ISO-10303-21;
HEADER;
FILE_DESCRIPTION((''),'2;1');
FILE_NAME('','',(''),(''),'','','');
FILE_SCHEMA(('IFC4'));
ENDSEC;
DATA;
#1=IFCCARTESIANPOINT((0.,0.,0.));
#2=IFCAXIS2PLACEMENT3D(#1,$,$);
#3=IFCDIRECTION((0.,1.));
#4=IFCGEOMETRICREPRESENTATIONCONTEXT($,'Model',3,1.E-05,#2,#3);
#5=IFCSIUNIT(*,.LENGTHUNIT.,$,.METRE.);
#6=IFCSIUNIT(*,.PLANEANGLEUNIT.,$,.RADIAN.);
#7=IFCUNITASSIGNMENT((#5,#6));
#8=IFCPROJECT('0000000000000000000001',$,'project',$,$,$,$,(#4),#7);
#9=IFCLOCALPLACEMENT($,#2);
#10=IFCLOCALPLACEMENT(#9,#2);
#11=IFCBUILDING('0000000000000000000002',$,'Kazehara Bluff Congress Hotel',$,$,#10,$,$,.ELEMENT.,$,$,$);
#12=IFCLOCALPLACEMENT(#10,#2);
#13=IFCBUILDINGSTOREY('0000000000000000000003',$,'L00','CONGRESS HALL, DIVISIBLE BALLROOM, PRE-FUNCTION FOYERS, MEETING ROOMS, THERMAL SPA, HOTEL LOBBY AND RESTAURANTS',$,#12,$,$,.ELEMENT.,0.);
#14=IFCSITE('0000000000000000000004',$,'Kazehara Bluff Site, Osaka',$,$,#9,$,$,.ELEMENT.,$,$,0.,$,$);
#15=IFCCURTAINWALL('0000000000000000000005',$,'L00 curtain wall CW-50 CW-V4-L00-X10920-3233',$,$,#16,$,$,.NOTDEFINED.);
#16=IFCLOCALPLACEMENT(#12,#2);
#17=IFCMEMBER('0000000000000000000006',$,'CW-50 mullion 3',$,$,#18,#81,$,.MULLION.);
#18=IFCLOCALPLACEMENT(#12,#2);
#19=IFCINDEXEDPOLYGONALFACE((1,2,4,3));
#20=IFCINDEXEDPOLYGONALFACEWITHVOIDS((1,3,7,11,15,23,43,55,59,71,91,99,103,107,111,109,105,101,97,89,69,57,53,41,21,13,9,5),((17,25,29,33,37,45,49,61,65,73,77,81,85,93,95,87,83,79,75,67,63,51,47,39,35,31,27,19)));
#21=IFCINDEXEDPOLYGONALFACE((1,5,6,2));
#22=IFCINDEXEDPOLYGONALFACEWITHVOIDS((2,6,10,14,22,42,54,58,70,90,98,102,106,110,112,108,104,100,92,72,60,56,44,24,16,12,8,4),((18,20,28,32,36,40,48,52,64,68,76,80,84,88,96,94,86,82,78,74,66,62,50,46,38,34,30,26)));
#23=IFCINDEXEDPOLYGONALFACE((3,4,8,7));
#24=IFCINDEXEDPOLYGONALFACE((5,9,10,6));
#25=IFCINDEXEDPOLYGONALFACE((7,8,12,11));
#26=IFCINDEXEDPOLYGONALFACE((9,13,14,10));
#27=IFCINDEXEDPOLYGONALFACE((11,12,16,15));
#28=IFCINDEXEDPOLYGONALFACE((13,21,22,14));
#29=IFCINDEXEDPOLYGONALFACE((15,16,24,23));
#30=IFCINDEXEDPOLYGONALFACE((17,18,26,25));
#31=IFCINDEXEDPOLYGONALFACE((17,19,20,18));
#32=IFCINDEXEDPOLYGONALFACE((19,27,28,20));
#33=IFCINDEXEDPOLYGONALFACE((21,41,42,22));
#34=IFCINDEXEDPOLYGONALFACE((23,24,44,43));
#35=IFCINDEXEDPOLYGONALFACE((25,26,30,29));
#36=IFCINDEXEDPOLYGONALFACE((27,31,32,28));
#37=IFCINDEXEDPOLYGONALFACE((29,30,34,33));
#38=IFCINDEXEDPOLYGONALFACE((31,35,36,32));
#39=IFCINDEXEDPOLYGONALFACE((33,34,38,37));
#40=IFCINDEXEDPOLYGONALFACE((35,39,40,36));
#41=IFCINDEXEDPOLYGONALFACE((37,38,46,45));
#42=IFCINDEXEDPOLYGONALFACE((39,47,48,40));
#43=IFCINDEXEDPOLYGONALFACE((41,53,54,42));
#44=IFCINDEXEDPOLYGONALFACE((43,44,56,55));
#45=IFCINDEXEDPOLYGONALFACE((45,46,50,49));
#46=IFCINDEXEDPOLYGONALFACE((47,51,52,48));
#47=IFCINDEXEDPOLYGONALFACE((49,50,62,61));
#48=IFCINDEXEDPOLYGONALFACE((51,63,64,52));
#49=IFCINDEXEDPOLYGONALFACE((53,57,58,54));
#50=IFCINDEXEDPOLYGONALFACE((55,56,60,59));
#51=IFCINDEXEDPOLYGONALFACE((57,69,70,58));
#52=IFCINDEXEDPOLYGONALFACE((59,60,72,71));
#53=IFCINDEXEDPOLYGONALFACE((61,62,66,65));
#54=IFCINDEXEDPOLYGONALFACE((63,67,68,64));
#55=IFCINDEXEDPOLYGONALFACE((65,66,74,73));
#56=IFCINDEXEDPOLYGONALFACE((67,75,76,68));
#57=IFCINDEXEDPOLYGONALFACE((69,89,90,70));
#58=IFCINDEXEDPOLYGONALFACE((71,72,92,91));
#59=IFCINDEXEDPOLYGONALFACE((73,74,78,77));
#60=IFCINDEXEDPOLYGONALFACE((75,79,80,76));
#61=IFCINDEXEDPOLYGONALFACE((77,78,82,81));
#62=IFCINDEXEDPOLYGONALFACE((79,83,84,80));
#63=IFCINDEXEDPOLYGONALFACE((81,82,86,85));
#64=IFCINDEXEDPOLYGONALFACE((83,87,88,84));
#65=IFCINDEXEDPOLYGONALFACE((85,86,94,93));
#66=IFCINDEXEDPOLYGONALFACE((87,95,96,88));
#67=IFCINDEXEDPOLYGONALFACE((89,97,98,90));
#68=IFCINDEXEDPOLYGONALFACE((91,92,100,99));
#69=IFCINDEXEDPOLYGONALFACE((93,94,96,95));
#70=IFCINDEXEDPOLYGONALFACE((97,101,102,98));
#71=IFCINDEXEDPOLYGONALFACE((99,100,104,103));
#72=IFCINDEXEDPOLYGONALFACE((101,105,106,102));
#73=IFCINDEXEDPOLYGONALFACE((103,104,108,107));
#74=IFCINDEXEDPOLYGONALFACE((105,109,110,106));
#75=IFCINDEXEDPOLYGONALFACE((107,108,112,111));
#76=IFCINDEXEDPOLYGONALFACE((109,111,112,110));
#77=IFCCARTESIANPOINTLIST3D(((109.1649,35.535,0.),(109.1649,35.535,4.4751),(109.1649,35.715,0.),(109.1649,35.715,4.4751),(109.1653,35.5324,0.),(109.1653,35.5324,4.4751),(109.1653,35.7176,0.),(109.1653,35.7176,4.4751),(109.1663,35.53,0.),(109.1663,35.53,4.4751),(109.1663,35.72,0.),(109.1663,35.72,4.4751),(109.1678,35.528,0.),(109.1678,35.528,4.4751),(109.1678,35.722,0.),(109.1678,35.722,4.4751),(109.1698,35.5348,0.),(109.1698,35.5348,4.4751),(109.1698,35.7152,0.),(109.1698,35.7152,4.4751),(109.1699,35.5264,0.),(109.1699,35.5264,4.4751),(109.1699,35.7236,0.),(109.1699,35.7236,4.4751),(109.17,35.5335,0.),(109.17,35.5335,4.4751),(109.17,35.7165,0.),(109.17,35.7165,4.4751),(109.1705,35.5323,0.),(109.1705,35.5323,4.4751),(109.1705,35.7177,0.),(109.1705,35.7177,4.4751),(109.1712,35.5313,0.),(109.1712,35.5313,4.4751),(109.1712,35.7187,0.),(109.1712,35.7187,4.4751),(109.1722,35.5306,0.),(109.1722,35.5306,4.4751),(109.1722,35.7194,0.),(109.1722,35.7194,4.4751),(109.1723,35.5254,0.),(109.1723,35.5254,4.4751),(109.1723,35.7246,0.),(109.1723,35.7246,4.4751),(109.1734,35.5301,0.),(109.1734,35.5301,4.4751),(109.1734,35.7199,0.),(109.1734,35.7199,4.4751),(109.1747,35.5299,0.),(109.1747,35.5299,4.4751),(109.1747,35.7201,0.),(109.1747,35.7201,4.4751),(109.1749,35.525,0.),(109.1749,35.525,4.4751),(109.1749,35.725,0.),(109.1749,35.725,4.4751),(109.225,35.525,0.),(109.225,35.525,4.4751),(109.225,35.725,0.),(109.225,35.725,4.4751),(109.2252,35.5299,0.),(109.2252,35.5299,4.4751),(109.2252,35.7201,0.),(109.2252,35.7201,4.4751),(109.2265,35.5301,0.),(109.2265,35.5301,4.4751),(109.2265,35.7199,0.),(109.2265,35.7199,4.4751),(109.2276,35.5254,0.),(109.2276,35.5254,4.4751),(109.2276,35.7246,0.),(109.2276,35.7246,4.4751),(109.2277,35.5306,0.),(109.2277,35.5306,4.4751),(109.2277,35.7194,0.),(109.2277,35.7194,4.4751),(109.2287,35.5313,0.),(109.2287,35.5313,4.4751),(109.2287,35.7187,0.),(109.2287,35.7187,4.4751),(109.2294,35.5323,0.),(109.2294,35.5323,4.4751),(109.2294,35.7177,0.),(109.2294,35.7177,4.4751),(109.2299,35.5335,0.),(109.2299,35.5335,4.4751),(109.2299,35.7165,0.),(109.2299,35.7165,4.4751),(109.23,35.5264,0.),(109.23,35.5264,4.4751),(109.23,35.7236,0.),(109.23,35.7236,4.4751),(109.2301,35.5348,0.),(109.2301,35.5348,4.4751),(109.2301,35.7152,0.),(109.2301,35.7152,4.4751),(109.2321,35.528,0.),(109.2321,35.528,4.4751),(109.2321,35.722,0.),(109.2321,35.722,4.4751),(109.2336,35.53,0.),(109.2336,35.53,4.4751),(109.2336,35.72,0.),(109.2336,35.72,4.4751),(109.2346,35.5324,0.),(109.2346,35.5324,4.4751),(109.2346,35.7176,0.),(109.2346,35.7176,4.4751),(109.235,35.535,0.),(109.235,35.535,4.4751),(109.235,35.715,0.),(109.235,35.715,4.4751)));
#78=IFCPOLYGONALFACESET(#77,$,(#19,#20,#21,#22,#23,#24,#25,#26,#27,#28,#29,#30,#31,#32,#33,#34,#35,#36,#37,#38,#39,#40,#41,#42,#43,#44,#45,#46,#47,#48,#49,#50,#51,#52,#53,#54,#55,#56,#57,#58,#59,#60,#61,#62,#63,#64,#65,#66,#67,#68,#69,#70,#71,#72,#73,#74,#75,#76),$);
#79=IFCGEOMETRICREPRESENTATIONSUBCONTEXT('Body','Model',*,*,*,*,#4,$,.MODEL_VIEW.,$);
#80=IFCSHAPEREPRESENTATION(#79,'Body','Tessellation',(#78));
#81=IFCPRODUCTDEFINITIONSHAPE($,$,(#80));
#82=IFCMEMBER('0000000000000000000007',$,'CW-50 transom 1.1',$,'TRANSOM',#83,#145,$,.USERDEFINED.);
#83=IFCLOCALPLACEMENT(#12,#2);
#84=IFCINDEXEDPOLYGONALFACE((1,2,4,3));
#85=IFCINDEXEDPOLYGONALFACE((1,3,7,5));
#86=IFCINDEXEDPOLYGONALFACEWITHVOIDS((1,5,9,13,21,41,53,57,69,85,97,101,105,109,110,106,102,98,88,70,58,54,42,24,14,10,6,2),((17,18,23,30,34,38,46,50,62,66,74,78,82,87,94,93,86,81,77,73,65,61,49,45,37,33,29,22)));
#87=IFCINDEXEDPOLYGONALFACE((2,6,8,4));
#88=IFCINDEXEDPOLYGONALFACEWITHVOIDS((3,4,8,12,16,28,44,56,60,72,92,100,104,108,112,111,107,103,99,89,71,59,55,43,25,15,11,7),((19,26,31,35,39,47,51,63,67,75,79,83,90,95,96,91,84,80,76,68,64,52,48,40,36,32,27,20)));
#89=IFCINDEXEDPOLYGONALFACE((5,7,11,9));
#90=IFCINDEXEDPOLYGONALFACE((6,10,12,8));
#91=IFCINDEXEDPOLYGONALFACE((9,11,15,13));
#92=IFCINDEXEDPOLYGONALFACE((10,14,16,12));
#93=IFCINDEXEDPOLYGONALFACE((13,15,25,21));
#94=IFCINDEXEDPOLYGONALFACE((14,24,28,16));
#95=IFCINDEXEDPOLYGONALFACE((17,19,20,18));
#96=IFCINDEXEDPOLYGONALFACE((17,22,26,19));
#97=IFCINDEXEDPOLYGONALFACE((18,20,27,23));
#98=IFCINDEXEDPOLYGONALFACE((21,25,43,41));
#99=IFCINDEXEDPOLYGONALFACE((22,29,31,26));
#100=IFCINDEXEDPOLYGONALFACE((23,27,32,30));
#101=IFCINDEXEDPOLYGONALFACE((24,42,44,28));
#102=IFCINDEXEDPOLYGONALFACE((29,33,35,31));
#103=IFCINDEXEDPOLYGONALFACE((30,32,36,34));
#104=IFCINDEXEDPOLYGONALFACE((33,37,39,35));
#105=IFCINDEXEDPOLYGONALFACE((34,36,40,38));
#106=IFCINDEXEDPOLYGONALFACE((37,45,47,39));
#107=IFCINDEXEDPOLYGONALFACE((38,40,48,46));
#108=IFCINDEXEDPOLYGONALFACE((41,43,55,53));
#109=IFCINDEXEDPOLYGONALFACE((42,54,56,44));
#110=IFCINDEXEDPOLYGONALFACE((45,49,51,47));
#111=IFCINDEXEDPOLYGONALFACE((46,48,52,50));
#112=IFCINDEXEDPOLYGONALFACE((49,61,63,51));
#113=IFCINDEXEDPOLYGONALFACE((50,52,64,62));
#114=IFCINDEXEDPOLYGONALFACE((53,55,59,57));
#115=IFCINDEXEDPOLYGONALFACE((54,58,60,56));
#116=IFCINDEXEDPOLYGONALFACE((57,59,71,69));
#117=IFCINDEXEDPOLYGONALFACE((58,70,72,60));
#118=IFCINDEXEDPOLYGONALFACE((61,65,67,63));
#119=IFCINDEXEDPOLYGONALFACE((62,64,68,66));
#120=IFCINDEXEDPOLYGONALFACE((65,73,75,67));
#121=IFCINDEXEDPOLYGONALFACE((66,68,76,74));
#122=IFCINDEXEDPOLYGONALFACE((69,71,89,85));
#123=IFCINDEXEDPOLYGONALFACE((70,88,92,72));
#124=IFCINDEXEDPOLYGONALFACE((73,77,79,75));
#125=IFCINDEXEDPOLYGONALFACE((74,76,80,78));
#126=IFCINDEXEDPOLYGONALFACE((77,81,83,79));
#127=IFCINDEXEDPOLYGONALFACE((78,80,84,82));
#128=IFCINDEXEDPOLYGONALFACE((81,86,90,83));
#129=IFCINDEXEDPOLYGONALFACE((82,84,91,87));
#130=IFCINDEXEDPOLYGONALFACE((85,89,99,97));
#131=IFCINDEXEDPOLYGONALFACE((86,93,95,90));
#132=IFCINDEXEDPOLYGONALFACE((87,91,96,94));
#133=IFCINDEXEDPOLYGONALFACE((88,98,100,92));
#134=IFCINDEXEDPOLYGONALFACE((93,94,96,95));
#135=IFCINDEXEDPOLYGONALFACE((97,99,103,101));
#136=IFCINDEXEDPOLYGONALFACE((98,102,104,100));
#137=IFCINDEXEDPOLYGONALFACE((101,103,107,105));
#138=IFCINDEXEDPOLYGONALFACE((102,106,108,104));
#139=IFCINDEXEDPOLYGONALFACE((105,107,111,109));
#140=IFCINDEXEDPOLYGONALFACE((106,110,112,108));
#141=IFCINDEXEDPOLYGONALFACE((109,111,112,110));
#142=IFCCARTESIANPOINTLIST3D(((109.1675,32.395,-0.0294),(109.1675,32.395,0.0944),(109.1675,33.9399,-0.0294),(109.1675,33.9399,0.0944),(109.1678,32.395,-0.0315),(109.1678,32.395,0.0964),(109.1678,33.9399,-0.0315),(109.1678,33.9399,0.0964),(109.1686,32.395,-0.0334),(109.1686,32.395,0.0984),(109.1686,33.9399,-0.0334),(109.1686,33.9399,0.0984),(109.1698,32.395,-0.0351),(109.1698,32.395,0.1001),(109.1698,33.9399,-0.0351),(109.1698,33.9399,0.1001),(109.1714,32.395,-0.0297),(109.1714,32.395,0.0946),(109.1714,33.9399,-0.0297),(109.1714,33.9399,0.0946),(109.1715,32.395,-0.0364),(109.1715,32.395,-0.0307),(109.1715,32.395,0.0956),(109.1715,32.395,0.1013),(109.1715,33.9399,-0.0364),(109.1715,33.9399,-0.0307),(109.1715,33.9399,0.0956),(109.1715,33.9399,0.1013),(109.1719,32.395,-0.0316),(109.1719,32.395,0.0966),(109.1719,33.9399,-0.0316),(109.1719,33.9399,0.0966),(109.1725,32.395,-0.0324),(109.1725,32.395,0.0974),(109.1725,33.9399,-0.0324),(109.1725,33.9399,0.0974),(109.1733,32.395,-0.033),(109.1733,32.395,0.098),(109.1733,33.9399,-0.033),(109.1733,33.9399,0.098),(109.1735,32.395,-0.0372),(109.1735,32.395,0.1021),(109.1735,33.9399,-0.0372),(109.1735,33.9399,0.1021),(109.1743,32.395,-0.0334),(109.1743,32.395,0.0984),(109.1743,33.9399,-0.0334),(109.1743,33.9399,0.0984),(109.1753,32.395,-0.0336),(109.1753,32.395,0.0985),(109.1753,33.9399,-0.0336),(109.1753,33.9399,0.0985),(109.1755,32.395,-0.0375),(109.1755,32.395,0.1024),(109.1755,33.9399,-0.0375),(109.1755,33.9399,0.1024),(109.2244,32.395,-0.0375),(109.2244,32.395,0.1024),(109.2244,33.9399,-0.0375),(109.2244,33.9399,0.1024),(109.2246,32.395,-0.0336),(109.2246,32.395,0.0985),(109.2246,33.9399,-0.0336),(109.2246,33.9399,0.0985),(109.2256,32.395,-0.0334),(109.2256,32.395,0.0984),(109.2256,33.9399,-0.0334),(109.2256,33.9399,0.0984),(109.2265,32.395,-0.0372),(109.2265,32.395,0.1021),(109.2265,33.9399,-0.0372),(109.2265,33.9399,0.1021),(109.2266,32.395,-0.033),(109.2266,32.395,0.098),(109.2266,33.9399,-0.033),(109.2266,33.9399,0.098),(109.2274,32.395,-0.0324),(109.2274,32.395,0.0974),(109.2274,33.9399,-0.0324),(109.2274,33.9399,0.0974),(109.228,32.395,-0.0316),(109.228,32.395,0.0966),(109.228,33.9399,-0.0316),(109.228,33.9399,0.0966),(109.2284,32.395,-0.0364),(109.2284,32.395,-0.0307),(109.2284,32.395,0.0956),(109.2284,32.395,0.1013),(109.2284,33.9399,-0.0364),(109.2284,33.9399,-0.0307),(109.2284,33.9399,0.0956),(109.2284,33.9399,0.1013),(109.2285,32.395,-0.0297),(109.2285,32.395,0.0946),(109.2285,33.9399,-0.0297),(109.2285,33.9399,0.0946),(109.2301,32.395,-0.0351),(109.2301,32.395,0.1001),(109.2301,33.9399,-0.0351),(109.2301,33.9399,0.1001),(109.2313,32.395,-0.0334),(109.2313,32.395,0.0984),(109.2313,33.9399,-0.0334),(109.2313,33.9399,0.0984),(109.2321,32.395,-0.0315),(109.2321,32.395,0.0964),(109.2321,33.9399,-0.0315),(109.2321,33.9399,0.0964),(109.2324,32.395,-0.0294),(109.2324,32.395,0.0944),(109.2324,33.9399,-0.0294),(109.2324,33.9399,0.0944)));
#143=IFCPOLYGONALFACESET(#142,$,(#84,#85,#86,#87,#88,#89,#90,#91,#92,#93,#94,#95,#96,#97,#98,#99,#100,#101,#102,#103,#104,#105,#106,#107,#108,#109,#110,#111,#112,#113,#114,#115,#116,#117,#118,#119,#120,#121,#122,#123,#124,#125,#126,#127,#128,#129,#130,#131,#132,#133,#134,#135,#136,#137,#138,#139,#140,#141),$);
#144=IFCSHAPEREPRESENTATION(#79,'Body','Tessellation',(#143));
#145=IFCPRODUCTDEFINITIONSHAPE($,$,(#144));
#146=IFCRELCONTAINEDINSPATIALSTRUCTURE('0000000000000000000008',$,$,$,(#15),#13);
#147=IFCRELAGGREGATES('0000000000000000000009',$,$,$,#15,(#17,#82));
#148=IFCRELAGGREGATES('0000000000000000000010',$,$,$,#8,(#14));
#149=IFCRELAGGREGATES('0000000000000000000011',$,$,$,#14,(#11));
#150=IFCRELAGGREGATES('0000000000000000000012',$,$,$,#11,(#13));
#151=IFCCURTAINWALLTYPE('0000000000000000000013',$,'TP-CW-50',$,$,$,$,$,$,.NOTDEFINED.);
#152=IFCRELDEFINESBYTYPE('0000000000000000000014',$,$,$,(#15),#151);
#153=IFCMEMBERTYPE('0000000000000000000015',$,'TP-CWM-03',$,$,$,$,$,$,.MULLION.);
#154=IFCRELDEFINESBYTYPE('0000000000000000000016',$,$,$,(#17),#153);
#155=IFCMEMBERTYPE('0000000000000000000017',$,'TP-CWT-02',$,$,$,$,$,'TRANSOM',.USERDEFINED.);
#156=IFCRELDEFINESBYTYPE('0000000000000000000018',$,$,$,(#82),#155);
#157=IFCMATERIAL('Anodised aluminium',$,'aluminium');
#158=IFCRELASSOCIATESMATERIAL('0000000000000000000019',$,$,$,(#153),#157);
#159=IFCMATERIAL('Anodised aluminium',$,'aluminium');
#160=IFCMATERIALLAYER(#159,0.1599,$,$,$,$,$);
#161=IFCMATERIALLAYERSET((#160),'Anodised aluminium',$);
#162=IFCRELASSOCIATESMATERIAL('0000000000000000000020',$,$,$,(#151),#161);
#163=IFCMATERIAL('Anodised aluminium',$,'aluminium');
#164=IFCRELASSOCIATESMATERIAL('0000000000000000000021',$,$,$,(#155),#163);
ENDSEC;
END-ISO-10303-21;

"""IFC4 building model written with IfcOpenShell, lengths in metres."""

from ifc_helpers import new_model, si_unit, direction, frame, origin, origin_2d, place, context, subcontext, project, spatial, hollow_rectangle, extrude, material, layer, layer_set, material_profile, profile_set, type_object, element, aggregate, save


model = new_model("IFC4")

# Units and contexts
model_context = context("Model", 3, precision=1e-05, world=origin(), true_north=direction((0.0, 1.0)))
body_context = subcontext(model_context, "Body", "Model", "MODEL_VIEW")
ifc_project = project(units=[si_unit("LENGTHUNIT", "METRE"), si_unit("PLANEANGLEUNIT", "RADIAN")], contexts=[model_context])

# Site, building, storey
site_placement = place(None, origin())
site = spatial("IfcSite", under=ifc_project, at=site_placement, Name="Kazehara Bluff Site, Osaka", CompositionType="ELEMENT", RefElevation=0.0)
building_placement = place(site_placement, origin())
building = spatial("IfcBuilding", under=site, at=building_placement, Name="Kazehara Bluff Congress Hotel", CompositionType="ELEMENT")
storey_placement = place(building_placement, origin())
storey = spatial("IfcBuildingStorey", under=building, at=storey_placement, Name="L00", Description="CONGRESS HALL, DIVISIBLE BALLROOM, PRE-FUNCTION FOYERS, MEETING ROOMS, THERMAL SPA, HOTEL LOBBY AND RESTAURANTS", CompositionType="ELEMENT", Elevation=0.0)

# Shared definitions
ifc_material_1 = material(Name="Anodised aluminium", Category="aluminium")
ifc_material_profile_1 = material_profile(ifc_material_1, hollow_rectangle(XDim=0.0701, YDim=0.2, WallThickness=0.0049, InnerFilletRadius=0.0049, OuterFilletRadius=0.01, at=origin_2d()))
ifc_profile_set_1 = profile_set([ifc_material_profile_1], Name="Anodised aluminium")
member_type_1 = type_object("IfcMemberType", Name="TP-CWM-03", PredefinedType="MULLION", material=ifc_profile_set_1)

# Curtain wall, members
ifc_material_2 = material(Name="Anodised aluminium", Category="aluminium")
ifc_layer_1 = layer(ifc_material_2, 0.1599)
ifc_layer_set_1 = layer_set([ifc_layer_1], Name="Anodised aluminium")
curtain_wall_type_1 = type_object("IfcCurtainWallType", Name="TP-CW-50", PredefinedType="NOTDEFINED", material=ifc_layer_set_1)
curtain_wall_1_placement = place(storey_placement, origin())
curtain_wall_1 = element("IfcCurtainWall", 1, at=curtain_wall_1_placement, inside=storey, type_object=curtain_wall_type_1, Name="L00 curtain wall CW-50 CW-V4-L00-X10920-3233", PredefinedType="NOTDEFINED")
member_1_placement = place(storey_placement, frame((109.2, 35.625, 0.0), z_axis=(0.0, 0.0, 1.0), x_axis=(-1.0, 0.0, 0.0)))
member_1 = element("IfcMember", 2, at=member_1_placement, type_object=member_type_1, Name="CW-50 mullion 3", PredefinedType="MULLION", context=body_context, shape_type="SweptSolid", body=[
    extrude(hollow_rectangle(XDim=0.0701, YDim=0.2, WallThickness=0.0049, InnerFilletRadius=0.0049, OuterFilletRadius=0.01, at=origin_2d()), origin(), (0.0, 0.0, 1.0), 4.4751),
])
ifc_material_3 = material(Name="Anodised aluminium", Category="aluminium")
ifc_material_profile_2 = material_profile(ifc_material_3, hollow_rectangle(XDim=0.0649, YDim=0.1399, WallThickness=0.0039, InnerFilletRadius=0.0039, OuterFilletRadius=0.0081, at=origin_2d()))
ifc_profile_set_2 = profile_set([ifc_material_profile_2], Name="Anodised aluminium")
member_type_2 = type_object("IfcMemberType", Name="TP-CWT-02", ElementType="TRANSOM", PredefinedType="USERDEFINED", material=ifc_profile_set_2)
member_2_placement = place(storey_placement, frame((109.2, 32.395, 0.0325), z_axis=(0.0, 1.0, 0.0), x_axis=(-1.0, 0.0, 0.0)))
member_2 = element("IfcMember", 3, at=member_2_placement, type_object=member_type_2, Name="CW-50 transom 1.1", ObjectType="TRANSOM", PredefinedType="USERDEFINED", context=body_context, shape_type="SweptSolid", body=[
    extrude(hollow_rectangle(XDim=0.0649, YDim=0.1399, WallThickness=0.0039, InnerFilletRadius=0.0039, OuterFilletRadius=0.0081, at=origin_2d()), origin(), (0.0, 0.0, 1.0), 1.5449),
])

aggregate(curtain_wall_1, [member_1, member_2])

save(model, "model.ifc")
